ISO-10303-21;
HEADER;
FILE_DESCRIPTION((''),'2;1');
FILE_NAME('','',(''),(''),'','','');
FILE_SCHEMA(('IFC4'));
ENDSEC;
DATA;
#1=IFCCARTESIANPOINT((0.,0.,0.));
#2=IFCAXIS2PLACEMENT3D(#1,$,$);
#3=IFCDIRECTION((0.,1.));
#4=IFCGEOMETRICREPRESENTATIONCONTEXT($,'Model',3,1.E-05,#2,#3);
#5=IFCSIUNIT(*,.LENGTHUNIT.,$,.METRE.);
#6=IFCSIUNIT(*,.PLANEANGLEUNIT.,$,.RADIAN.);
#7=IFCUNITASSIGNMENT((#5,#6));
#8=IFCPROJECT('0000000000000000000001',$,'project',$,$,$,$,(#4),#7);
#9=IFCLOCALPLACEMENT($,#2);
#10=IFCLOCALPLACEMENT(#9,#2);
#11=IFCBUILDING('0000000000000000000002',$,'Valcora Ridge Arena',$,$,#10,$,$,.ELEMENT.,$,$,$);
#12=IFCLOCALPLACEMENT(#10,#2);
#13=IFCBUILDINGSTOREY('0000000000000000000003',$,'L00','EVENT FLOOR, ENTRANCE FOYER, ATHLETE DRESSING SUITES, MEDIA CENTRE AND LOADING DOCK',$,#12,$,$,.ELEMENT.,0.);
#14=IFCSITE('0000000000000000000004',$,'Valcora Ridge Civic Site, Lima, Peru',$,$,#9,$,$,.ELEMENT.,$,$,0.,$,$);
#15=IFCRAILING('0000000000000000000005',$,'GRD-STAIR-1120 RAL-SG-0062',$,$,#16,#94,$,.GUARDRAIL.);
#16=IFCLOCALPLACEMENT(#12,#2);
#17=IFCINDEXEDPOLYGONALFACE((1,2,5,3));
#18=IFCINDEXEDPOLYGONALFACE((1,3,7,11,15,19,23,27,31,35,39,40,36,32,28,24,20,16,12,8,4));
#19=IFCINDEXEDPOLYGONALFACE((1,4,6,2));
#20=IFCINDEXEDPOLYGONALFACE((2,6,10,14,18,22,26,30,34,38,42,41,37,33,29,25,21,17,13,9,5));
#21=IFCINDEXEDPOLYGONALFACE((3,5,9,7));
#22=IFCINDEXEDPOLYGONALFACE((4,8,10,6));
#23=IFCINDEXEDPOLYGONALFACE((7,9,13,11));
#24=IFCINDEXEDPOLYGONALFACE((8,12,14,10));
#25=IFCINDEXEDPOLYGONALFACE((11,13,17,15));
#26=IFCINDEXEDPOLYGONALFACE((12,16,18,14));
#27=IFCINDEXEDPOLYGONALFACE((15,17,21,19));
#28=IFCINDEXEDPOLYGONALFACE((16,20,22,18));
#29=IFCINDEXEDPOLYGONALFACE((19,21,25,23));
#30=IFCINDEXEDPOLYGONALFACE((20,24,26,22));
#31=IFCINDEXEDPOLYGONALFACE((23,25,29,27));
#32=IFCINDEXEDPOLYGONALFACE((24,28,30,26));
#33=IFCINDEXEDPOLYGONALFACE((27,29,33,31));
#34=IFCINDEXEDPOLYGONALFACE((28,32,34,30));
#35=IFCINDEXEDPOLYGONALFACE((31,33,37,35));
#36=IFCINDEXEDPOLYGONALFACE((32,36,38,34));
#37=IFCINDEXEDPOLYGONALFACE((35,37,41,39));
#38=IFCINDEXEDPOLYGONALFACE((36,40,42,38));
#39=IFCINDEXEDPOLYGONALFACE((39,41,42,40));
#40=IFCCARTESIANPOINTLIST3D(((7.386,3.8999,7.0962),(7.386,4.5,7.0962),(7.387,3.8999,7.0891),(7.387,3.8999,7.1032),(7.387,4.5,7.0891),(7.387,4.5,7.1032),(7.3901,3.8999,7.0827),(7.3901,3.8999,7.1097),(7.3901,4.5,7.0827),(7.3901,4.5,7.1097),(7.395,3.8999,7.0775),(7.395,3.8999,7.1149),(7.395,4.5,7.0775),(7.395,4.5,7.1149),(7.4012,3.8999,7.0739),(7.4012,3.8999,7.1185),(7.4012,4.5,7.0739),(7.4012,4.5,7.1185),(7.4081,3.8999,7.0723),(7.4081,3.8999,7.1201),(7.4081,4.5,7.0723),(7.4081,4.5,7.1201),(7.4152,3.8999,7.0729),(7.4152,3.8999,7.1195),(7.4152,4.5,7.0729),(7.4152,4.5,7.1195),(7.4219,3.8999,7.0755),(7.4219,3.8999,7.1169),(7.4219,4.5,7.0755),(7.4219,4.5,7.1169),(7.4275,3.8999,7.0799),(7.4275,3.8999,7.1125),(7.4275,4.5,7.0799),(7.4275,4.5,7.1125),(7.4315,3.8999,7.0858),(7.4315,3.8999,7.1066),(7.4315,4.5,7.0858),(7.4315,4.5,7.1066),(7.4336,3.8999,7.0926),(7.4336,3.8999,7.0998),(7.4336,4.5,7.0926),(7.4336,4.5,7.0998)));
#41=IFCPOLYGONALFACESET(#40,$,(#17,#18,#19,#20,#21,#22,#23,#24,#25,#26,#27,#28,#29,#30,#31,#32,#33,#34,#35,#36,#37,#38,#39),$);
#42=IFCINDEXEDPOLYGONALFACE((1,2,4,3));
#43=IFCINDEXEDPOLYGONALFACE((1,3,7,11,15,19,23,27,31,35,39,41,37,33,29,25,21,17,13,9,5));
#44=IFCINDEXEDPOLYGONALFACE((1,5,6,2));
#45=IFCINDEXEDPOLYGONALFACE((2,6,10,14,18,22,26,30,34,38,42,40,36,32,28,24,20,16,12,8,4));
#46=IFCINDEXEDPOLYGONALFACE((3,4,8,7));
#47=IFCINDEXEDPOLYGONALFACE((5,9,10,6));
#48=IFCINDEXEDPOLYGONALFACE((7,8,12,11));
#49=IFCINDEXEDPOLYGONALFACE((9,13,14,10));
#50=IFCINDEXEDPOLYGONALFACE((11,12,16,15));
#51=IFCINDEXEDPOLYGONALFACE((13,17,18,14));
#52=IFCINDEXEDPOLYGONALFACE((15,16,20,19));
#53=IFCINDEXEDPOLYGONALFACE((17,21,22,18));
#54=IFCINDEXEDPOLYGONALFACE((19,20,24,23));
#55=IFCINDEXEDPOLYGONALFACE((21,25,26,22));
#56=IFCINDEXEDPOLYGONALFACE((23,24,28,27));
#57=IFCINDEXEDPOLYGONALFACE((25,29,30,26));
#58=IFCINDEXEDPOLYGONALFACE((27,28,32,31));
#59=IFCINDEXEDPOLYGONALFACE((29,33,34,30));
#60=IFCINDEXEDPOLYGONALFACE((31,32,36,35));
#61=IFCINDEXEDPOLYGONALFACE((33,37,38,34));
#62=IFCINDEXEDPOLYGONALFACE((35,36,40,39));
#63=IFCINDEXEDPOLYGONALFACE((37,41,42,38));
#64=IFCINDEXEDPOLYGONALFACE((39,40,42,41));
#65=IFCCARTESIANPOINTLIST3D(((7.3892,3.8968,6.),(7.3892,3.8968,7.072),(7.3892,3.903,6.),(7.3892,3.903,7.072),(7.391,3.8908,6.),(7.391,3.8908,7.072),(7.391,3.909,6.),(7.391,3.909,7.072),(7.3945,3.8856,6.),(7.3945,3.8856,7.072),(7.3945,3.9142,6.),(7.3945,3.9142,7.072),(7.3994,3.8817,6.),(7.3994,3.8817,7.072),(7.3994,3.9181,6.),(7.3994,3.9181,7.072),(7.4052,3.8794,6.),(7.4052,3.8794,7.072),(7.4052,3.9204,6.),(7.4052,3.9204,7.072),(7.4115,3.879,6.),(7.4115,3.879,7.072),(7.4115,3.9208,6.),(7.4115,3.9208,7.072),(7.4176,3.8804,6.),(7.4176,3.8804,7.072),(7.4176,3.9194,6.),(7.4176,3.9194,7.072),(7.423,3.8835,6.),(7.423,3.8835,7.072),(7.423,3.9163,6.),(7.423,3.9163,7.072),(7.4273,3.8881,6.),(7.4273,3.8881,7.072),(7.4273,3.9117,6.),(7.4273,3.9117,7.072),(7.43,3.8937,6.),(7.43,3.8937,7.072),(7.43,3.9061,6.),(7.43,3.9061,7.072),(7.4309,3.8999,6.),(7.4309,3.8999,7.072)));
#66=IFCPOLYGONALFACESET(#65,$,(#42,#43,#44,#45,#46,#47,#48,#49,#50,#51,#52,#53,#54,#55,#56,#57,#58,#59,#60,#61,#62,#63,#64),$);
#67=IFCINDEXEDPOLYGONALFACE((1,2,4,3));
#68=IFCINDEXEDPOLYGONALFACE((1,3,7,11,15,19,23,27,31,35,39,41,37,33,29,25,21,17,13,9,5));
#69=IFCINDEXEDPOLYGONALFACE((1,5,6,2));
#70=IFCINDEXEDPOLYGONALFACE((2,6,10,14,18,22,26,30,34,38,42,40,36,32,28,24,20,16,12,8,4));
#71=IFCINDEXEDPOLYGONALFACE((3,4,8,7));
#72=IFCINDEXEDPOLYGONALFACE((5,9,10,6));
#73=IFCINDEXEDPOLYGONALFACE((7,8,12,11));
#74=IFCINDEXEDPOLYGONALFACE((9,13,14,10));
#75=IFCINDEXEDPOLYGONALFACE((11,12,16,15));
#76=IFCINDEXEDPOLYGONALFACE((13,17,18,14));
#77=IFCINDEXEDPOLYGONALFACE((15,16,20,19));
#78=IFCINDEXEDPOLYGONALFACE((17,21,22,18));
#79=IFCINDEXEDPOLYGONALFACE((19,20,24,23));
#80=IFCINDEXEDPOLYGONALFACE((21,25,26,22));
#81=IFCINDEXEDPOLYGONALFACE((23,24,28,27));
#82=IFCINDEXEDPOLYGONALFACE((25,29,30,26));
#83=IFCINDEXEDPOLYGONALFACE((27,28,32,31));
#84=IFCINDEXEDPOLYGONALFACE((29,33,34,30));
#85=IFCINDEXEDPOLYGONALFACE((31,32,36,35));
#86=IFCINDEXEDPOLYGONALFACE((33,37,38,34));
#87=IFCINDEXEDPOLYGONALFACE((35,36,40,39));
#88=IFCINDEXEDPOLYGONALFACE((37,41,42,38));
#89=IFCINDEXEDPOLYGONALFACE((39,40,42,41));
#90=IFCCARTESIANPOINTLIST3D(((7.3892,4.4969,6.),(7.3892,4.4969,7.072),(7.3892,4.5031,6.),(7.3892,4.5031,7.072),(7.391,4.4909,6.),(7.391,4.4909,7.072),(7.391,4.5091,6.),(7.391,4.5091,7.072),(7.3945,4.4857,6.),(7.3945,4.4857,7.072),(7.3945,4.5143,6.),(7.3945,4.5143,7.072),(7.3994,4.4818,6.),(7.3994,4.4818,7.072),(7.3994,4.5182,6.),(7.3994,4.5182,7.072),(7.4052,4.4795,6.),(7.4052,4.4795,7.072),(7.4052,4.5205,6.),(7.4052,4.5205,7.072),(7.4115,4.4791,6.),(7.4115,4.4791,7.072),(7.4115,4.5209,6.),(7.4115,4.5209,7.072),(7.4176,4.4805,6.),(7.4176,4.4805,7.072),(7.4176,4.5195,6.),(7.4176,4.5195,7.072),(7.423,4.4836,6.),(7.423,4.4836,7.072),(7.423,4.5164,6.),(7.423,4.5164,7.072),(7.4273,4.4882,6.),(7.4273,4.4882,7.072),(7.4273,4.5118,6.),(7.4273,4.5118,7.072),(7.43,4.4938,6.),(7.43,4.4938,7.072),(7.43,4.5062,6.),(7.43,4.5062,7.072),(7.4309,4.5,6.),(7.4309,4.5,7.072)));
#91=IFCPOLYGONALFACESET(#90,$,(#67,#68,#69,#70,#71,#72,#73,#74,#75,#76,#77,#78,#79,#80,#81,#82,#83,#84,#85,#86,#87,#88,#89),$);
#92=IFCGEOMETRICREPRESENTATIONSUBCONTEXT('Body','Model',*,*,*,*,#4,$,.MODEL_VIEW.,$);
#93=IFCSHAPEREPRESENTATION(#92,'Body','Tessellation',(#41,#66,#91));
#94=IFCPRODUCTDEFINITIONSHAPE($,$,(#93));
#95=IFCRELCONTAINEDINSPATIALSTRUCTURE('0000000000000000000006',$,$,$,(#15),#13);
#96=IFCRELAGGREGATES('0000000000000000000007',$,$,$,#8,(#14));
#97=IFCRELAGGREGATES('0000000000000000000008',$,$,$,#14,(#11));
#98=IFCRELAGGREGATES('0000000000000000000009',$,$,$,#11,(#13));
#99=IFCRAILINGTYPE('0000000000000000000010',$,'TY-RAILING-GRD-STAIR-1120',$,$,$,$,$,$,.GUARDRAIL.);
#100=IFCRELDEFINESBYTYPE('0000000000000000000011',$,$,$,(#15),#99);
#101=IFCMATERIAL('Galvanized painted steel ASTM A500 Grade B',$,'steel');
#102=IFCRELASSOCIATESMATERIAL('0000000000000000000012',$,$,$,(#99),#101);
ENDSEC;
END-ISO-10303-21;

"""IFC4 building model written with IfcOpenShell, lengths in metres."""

from ifc_helpers import new_model, si_unit, direction, frame, origin, origin_2d, place, context, subcontext, project, spatial, circle, extrude, material, type_object, element, save


model = new_model("IFC4")

# Units and contexts
model_context = context("Model", 3, precision=1e-05, world=origin(), true_north=direction((0.0, 1.0)))
body_context = subcontext(model_context, "Body", "Model", "MODEL_VIEW")
ifc_project = project(units=[si_unit("LENGTHUNIT", "METRE"), si_unit("PLANEANGLEUNIT", "RADIAN")], contexts=[model_context])

# Site, building, storey
site_placement = place(None, origin())
site = spatial("IfcSite", under=ifc_project, at=site_placement, Name="Valcora Ridge Civic Site, Lima, Peru", CompositionType="ELEMENT", RefElevation=0.0)
building_placement = place(site_placement, origin())
building = spatial("IfcBuilding", under=site, at=building_placement, Name="Valcora Ridge Arena", CompositionType="ELEMENT")
storey_placement = place(building_placement, origin())
storey = spatial("IfcBuildingStorey", under=building, at=storey_placement, Name="L00", Description="EVENT FLOOR, ENTRANCE FOYER, ATHLETE DRESSING SUITES, MEDIA CENTRE AND LOADING DOCK", CompositionType="ELEMENT", Elevation=0.0)

# Railing
ifc_material_1 = material(Name="Galvanized painted steel ASTM A500 Grade B", Category="steel")
railing_type_1 = type_object("IfcRailingType", Name="TY-RAILING-GRD-STAIR-1120", PredefinedType="GUARDRAIL", material=ifc_material_1)
railing_1_placement = place(storey_placement, frame((7.4099, 3.8999, 6.0)))
element("IfcRailing", 1, at=railing_1_placement, inside=storey, type_object=railing_type_1, Name="GRD-STAIR-1120 RAL-SG-0062", PredefinedType="GUARDRAIL", context=body_context, shape_type="SweptSolid", body=[
    extrude(circle(Radius=0.0239, at=origin_2d()), frame((0.0, 0.0, 1.0962), z_axis=(0.0, 1.0, 0.0), x_axis=(-1.0, 0.0, 0.0)), (0.0, 0.0, 1.0), 0.6001),
    extrude(circle(Radius=0.021, at=origin_2d()), origin(), (0.0, 0.0, 1.0), 1.072),
    extrude(circle(Radius=0.021, at=origin_2d()), frame((0.0, 0.6001, 0.0)), (0.0, 0.0, 1.0), 1.072),
])

save(model, "model.ifc")
